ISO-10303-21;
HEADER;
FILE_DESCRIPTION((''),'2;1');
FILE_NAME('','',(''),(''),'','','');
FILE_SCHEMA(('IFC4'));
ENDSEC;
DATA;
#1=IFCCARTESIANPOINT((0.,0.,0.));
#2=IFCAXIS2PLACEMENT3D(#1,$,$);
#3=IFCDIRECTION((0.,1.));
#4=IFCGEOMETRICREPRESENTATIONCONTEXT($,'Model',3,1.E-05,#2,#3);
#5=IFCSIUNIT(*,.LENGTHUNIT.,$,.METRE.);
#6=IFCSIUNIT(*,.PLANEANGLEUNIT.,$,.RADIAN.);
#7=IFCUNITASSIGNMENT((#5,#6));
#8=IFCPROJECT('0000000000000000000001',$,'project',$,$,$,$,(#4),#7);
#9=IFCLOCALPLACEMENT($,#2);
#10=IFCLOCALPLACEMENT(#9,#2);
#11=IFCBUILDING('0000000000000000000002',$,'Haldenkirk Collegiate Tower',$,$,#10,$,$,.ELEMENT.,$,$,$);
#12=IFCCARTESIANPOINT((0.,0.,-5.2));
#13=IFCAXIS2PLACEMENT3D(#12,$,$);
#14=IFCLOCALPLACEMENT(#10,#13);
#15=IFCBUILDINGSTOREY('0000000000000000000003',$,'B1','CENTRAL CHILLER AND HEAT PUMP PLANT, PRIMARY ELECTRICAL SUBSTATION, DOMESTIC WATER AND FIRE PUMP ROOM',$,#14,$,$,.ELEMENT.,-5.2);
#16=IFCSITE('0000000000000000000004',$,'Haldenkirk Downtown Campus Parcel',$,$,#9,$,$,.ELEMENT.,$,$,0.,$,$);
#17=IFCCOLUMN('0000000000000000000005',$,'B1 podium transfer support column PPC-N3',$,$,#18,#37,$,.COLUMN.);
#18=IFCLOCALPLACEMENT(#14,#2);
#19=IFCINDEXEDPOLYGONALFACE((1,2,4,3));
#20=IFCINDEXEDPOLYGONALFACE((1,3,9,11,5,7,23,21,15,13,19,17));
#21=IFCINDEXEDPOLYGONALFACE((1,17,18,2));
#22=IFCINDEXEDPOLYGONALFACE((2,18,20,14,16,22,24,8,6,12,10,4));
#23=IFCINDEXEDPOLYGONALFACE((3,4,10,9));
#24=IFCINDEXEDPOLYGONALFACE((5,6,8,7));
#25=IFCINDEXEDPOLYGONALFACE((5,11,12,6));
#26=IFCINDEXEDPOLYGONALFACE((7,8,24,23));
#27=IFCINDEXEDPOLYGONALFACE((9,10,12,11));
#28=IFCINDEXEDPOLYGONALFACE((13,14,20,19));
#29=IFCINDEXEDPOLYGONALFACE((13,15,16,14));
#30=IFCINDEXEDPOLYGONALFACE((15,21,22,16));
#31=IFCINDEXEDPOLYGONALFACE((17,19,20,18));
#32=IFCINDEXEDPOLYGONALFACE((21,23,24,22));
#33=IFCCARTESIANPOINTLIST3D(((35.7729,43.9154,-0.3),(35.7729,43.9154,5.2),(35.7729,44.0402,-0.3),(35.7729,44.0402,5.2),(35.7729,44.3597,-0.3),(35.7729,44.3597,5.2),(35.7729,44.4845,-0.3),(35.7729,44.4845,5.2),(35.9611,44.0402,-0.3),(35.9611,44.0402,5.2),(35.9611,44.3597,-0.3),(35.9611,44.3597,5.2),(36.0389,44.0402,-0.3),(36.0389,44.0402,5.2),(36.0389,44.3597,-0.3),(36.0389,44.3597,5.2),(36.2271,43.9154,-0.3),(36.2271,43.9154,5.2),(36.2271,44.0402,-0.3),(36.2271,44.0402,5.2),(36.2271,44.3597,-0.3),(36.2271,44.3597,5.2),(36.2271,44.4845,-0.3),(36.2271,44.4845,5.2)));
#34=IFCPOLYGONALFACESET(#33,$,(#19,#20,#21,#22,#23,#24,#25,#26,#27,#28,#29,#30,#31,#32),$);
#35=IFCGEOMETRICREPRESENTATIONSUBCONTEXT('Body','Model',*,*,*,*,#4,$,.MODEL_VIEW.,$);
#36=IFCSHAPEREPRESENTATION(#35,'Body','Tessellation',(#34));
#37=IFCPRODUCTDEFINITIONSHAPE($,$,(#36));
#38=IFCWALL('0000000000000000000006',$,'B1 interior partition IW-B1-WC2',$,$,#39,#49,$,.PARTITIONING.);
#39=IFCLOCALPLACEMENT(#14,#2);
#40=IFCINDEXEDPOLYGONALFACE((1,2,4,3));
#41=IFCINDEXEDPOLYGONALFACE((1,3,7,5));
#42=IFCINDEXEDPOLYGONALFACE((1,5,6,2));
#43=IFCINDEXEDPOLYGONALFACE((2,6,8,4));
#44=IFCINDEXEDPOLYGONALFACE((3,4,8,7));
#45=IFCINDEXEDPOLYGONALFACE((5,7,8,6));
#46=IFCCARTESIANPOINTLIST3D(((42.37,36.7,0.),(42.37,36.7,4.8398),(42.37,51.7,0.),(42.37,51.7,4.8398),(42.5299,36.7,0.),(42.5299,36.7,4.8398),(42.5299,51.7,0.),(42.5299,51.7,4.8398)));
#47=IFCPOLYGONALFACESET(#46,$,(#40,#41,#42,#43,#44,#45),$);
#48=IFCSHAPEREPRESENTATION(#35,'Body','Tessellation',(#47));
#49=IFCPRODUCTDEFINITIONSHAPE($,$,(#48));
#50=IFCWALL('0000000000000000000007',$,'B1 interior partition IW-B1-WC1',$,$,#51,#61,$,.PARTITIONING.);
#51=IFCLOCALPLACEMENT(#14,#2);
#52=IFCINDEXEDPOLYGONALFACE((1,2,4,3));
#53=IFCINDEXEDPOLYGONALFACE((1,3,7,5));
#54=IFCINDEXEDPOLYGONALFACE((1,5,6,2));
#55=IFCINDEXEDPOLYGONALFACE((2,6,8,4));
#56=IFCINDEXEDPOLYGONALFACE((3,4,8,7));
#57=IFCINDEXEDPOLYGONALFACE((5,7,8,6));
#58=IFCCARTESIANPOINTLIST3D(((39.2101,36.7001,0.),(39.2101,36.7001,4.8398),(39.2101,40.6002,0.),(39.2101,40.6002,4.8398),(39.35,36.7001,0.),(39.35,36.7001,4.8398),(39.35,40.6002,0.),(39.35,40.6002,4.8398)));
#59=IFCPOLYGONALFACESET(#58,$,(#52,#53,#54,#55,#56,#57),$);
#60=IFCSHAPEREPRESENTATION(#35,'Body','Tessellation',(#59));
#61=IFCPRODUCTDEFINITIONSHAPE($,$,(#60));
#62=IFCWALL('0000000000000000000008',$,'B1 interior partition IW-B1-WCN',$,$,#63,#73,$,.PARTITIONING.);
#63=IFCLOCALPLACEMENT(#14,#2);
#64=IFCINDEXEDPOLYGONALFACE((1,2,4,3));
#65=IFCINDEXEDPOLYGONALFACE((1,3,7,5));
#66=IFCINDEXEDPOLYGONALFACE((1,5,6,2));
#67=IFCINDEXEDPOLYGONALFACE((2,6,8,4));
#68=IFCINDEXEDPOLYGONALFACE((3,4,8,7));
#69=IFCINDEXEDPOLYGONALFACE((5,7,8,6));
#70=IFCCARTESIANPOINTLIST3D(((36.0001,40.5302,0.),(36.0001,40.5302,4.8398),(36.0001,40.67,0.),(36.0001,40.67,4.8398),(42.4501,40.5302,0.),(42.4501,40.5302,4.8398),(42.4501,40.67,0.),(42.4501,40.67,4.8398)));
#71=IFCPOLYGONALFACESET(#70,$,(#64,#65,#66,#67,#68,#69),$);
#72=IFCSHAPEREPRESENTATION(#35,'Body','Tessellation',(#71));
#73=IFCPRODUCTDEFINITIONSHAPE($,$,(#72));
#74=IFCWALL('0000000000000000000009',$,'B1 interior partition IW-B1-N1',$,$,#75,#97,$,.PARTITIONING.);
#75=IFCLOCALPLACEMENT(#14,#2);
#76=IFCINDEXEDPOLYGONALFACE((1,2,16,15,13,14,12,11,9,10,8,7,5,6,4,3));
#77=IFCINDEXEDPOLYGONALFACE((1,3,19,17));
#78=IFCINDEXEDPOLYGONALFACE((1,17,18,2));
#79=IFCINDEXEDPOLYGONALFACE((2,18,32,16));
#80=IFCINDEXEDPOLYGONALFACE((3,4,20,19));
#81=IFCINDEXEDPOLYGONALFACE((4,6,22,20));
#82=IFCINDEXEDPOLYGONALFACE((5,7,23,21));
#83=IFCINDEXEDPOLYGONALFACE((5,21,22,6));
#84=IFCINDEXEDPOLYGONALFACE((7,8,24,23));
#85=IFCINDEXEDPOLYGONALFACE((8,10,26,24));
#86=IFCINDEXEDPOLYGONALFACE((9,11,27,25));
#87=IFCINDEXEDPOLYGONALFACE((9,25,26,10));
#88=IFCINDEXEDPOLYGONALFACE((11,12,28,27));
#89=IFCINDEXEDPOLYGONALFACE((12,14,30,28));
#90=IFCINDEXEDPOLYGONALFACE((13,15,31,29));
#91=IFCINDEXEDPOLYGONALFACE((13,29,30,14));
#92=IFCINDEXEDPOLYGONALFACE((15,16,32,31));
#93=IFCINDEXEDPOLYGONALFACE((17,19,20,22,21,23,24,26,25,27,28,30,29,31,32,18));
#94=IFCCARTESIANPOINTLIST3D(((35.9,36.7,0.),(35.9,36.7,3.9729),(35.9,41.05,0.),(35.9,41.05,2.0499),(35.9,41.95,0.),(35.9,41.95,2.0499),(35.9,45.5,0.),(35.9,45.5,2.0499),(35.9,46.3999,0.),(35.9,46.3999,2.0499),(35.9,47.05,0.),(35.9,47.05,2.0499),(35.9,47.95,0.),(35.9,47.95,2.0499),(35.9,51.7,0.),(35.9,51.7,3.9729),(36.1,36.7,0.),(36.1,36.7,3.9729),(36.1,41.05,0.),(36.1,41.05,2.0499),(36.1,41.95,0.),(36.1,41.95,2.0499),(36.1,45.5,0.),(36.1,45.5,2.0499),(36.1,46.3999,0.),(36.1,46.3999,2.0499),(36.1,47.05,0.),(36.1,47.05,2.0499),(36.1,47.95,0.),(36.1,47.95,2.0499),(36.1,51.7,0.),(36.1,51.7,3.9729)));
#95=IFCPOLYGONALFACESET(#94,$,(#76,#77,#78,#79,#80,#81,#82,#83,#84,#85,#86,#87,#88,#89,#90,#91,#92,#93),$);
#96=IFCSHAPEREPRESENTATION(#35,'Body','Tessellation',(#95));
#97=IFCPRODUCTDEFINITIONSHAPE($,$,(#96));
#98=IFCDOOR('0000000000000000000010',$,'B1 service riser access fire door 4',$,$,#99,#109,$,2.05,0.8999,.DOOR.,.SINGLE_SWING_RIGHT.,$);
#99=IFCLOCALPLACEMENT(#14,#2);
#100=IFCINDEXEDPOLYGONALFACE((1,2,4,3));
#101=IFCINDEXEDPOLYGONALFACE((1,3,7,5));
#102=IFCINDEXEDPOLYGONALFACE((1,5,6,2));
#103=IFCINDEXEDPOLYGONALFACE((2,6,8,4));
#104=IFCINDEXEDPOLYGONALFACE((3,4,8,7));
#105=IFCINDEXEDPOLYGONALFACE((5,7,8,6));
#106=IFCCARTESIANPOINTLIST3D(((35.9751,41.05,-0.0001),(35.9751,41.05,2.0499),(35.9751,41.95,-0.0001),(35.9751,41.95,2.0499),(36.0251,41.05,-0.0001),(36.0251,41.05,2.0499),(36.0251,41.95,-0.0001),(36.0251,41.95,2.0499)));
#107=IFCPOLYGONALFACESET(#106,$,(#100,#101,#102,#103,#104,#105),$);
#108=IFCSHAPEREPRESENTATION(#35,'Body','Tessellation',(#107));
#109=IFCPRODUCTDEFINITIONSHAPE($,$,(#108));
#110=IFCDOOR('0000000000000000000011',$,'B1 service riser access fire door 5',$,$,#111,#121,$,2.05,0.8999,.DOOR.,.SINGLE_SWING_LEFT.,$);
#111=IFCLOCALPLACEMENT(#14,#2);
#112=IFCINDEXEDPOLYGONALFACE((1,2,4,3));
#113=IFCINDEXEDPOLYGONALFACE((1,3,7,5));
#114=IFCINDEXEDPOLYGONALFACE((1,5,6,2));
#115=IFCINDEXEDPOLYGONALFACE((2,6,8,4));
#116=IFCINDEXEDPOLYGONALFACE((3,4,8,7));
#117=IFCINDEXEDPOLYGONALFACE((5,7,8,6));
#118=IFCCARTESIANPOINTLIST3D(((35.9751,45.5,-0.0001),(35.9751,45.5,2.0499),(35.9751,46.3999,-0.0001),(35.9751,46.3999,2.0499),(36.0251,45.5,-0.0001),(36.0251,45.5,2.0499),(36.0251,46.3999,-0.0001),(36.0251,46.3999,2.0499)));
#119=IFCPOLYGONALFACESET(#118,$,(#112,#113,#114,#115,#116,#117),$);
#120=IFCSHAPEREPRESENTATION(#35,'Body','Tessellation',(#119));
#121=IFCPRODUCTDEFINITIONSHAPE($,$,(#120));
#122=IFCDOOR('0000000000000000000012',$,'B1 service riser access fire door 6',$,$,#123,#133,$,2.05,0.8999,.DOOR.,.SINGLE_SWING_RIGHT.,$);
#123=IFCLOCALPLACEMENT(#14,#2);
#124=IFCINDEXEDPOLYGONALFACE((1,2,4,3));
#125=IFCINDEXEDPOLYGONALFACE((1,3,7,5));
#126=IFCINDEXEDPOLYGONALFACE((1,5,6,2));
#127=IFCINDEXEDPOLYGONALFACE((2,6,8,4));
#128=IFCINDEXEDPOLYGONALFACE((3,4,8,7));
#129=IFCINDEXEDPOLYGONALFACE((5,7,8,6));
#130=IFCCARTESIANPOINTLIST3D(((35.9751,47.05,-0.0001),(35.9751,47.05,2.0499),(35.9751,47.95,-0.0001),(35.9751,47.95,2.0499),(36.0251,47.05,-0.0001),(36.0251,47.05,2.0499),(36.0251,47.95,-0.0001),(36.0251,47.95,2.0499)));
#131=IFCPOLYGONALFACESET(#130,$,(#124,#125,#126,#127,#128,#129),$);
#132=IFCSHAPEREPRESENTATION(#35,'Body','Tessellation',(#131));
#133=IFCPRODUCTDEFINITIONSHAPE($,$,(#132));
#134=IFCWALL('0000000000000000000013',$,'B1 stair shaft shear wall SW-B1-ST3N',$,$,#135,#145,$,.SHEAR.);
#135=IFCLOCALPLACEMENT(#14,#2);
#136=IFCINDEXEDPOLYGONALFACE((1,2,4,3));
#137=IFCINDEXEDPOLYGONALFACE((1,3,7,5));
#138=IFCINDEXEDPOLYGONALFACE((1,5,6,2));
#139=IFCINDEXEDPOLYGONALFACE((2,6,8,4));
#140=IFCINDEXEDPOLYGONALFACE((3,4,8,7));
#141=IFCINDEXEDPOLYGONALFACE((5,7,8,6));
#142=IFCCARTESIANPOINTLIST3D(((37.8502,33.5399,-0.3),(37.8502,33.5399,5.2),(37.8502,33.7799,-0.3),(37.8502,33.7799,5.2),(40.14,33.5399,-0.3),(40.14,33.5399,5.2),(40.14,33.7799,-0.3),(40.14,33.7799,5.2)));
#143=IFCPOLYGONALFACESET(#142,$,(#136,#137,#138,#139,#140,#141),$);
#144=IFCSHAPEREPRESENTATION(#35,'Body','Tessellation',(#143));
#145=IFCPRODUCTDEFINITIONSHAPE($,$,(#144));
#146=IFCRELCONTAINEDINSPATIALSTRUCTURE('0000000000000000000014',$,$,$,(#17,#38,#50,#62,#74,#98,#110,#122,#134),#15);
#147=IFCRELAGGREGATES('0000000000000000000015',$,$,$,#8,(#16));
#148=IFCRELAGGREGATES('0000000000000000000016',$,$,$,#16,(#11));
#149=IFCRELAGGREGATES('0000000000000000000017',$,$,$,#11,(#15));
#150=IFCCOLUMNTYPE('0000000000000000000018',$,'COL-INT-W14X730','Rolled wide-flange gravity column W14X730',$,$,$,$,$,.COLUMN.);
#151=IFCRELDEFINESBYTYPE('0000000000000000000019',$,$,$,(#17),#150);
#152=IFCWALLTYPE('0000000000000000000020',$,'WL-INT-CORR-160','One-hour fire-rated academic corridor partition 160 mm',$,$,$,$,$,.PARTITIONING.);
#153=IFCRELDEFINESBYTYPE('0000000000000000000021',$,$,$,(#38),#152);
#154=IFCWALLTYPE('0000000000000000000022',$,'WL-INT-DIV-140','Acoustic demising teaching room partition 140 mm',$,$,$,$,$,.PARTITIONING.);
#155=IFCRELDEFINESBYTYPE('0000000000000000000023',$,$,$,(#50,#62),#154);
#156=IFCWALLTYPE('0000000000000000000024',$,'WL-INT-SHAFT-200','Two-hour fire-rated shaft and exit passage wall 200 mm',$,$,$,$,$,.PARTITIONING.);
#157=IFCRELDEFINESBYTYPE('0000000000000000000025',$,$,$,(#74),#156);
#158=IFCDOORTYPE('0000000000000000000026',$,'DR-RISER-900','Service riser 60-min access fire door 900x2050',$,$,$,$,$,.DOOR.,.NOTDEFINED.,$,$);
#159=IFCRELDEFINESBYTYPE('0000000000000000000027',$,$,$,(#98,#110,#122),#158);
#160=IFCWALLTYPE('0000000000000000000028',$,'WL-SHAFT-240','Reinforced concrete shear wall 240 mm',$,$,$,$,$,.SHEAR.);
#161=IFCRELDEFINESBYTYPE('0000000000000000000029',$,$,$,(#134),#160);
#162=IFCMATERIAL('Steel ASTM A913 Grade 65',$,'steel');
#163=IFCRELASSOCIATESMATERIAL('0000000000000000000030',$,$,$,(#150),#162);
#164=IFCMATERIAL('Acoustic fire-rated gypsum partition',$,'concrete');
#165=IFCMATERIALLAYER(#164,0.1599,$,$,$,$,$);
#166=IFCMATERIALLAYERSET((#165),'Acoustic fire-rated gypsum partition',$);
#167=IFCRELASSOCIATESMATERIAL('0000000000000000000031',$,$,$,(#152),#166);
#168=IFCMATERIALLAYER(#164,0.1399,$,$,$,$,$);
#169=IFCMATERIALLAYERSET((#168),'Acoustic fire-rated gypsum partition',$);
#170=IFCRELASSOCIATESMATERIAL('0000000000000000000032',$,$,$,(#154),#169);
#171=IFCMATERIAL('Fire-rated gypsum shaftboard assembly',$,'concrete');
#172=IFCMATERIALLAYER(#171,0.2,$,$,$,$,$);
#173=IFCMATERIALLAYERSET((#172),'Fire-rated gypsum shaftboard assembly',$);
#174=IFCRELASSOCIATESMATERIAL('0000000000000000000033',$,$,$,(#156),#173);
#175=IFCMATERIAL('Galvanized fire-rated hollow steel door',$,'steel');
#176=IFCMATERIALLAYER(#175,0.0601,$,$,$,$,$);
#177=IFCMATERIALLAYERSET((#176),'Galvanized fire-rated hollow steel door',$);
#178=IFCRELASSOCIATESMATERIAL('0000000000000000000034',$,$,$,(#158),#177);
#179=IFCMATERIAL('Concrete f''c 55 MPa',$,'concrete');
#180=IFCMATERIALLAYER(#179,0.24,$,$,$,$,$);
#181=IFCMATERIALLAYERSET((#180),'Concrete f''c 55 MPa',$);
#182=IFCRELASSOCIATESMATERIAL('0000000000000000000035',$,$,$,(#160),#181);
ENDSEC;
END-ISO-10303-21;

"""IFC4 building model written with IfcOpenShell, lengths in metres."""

from ifc_helpers import new_model, si_unit, direction, frame, frame_2d, origin, origin_2d, place, context, subcontext, project, spatial, rectangle, i_section, extrude, material, layer, layer_set, material_profile, profile_set, type_object, element, fill, save


model = new_model("IFC4")

# Units and contexts
model_context = context("Model", 3, precision=1e-05, world=origin(), true_north=direction((0.0, 1.0)))
body_context = subcontext(model_context, "Body", "Model", "MODEL_VIEW")
ifc_project = project(units=[si_unit("LENGTHUNIT", "METRE"), si_unit("PLANEANGLEUNIT", "RADIAN")], contexts=[model_context])

# Site, building, storey
site_placement = place(None, origin())
site = spatial("IfcSite", under=ifc_project, at=site_placement, Name="Haldenkirk Downtown Campus Parcel", CompositionType="ELEMENT", RefElevation=0.0)
building_placement = place(site_placement, origin())
building = spatial("IfcBuilding", under=site, at=building_placement, Name="Haldenkirk Collegiate Tower", CompositionType="ELEMENT")
storey_placement = place(building_placement, frame((0.0, 0.0, -5.2)))
storey = spatial("IfcBuildingStorey", under=building, at=storey_placement, Name="B1", Description="CENTRAL CHILLER AND HEAT PUMP PLANT, PRIMARY ELECTRICAL SUBSTATION, DOMESTIC WATER AND FIRE PUMP ROOM", CompositionType="ELEMENT", Elevation=-5.2)

# Shared definitions
ifc_material_1 = material(Name="Concrete f'c 55 MPa", Category="concrete")

# Column
ifc_material_2 = material(Name="Steel ASTM A913 Grade 65", Category="steel")
ifc_material_profile_1 = material_profile(ifc_material_2, i_section(OverallWidth=0.4541, OverallDepth=0.5691, WebThickness=0.0779, FlangeThickness=0.1248, at=origin_2d()), Name="W14X730")
ifc_profile_set_1 = profile_set([ifc_material_profile_1], Name="Steel ASTM A913 Grade 65")
column_type_1 = type_object("IfcColumnType", Name="COL-INT-W14X730", Description="Rolled wide-flange gravity column W14X730", PredefinedType="COLUMN", material=ifc_profile_set_1)
column_1_placement = place(storey_placement, frame((36.0, 44.2, -0.3), z_axis=(0.0, 0.0, 1.0), x_axis=(1.0, 0.0, 0.0)))
element("IfcColumn", 1, at=column_1_placement, inside=storey, type_object=column_type_1, Name="B1 podium transfer support column PPC-N3", PredefinedType="COLUMN", context=body_context, shape_type="SweptSolid", body=[
    extrude(i_section(OverallWidth=0.4541, OverallDepth=0.5691, WebThickness=0.0779, FlangeThickness=0.1248, at=origin_2d()), origin(), (0.0, 0.0, 1.0), 5.5),
])

# Walls
ifc_material_3 = material(Name="Acoustic fire-rated gypsum partition", Category="concrete")
ifc_layer_1 = layer(ifc_material_3, 0.1599)
ifc_layer_set_1 = layer_set([ifc_layer_1], Name="Acoustic fire-rated gypsum partition")
wall_type_1 = type_object("IfcWallType", Name="WL-INT-CORR-160", Description="One-hour fire-rated academic corridor partition 160 mm", PredefinedType="PARTITIONING", material=ifc_layer_set_1)
wall_1_placement = place(storey_placement, frame((42.45, 36.7, 0.0), z_axis=(0.0, 0.0, 1.0), x_axis=(0.0, 1.0, 0.0)))
element("IfcWall", 2, at=wall_1_placement, inside=storey, type_object=wall_type_1, Name="B1 interior partition IW-B1-WC2", PredefinedType="PARTITIONING", context=body_context, shape_type="SweptSolid", body=[
    extrude(rectangle(XDim=15.0, YDim=0.1599, at=frame_2d((7.5, 0.0))), origin(), (0.0, 0.0, 1.0), 4.8398),
])
ifc_layer_2 = layer(ifc_material_3, 0.1399)
ifc_layer_set_2 = layer_set([ifc_layer_2], Name="Acoustic fire-rated gypsum partition")
wall_type_2 = type_object("IfcWallType", Name="WL-INT-DIV-140", Description="Acoustic demising teaching room partition 140 mm", PredefinedType="PARTITIONING", material=ifc_layer_set_2)
wall_2_placement = place(storey_placement, frame((39.28, 36.7, 0.0), z_axis=(0.0, 0.0, 1.0), x_axis=(0.0, 1.0, 0.0)))
element("IfcWall", 3, at=wall_2_placement, inside=storey, type_object=wall_type_2, Name="B1 interior partition IW-B1-WC1", PredefinedType="PARTITIONING", context=body_context, shape_type="SweptSolid", body=[
    extrude(rectangle(XDim=3.9001, YDim=0.1399, at=frame_2d((1.9502, 0.0))), origin(), (0.0, 0.0, 1.0), 4.8398),
])
wall_3_placement = place(storey_placement, frame((36.0, 40.6001, 0.0), z_axis=(0.0, 0.0, 1.0), x_axis=(1.0, 0.0, 0.0)))
element("IfcWall", 4, at=wall_3_placement, inside=storey, type_object=wall_type_2, Name="B1 interior partition IW-B1-WCN", PredefinedType="PARTITIONING", context=body_context, shape_type="SweptSolid", body=[
    extrude(rectangle(XDim=6.45, YDim=0.1399, at=frame_2d((3.2251, 0.0))), origin(), (0.0, 0.0, 1.0), 4.8398),
])

# Wall, openings, doors
ifc_material_4 = material(Name="Fire-rated gypsum shaftboard assembly", Category="concrete")
ifc_layer_3 = layer(ifc_material_4, 0.2)
ifc_layer_set_3 = layer_set([ifc_layer_3], Name="Fire-rated gypsum shaftboard assembly")
wall_type_3 = type_object("IfcWallType", Name="WL-INT-SHAFT-200", Description="Two-hour fire-rated shaft and exit passage wall 200 mm", PredefinedType="PARTITIONING", material=ifc_layer_set_3)
wall_4_placement = place(storey_placement, frame((36.0, 36.7, 0.0), z_axis=(0.0, 0.0, 1.0), x_axis=(0.0, 1.0, 0.0)))
wall_4 = element("IfcWall", 5, at=wall_4_placement, inside=storey, type_object=wall_type_3, Name="B1 interior partition IW-B1-N1", PredefinedType="PARTITIONING", context=body_context, shape_type="SweptSolid", body=[
    extrude(rectangle(XDim=15.0, YDim=0.2, at=frame_2d((7.5, 0.0))), origin(), (0.0, 0.0, 1.0), 3.9729),
])
opening_1_placement = place(wall_4_placement, frame((4.3501, 0.0, 0.0)))
opening_1 = element("IfcOpeningElement", 6, at=opening_1_placement, cuts=wall_4, PredefinedType="OPENING", context=body_context, shape_type="SweptSolid", body=[
    extrude(rectangle(XDim=0.8999, YDim=2.05, at=frame_2d((0.45, 1.0249))), frame((0.0, 0.1099, 0.0), z_axis=(0.0, -1.0, 0.0), x_axis=(1.0, 0.0, 0.0)), (0.0, 0.0, 1.0), 0.22),
])
opening_2_placement = place(wall_4_placement, frame((8.8, 0.0, 0.0)))
opening_2 = element("IfcOpeningElement", 7, at=opening_2_placement, cuts=wall_4, PredefinedType="OPENING", context=body_context, shape_type="SweptSolid", body=[
    extrude(rectangle(XDim=0.8999, YDim=2.05, at=frame_2d((0.45, 1.0249))), frame((0.0, 0.1099, 0.0), z_axis=(0.0, -1.0, 0.0), x_axis=(1.0, 0.0, 0.0)), (0.0, 0.0, 1.0), 0.22),
])
opening_3_placement = place(wall_4_placement, frame((10.3501, 0.0, 0.0)))
opening_3 = element("IfcOpeningElement", 8, at=opening_3_placement, cuts=wall_4, PredefinedType="OPENING", context=body_context, shape_type="SweptSolid", body=[
    extrude(rectangle(XDim=0.8999, YDim=2.05, at=frame_2d((0.45, 1.0249))), frame((0.0, 0.1099, 0.0), z_axis=(0.0, -1.0, 0.0), x_axis=(1.0, 0.0, 0.0)), (0.0, 0.0, 1.0), 0.22),
])
ifc_material_5 = material(Name="Galvanized fire-rated hollow steel door", Category="steel")
ifc_layer_4 = layer(ifc_material_5, 0.0601)
ifc_layer_set_4 = layer_set([ifc_layer_4], Name="Galvanized fire-rated hollow steel door")
door_type = type_object("IfcDoorType", Name="DR-RISER-900", Description="Service riser 60-min access fire door 900x2050", OperationType="NOTDEFINED", PredefinedType="DOOR", material=ifc_layer_set_4)
door_1_placement = place(opening_1_placement, origin())
door_1 = element("IfcDoor", 9, at=door_1_placement, inside=storey, type_object=door_type, Name="B1 service riser access fire door 4", OperationType="SINGLE_SWING_RIGHT", OverallHeight=2.05, OverallWidth=0.8999, PredefinedType="DOOR", context=body_context, shape_type="SweptSolid", body=[
    extrude(rectangle(XDim=0.8999, YDim=2.05, at=frame_2d((0.45, 1.0249))), frame((0.0, 0.0249, 0.0), z_axis=(0.0, -1.0, 0.0), x_axis=(1.0, 0.0, 0.0)), (0.0, 0.0, 1.0), 0.05),
])
fill(opening_1, door_1)
door_2_placement = place(opening_2_placement, origin())
door_2 = element("IfcDoor", 10, at=door_2_placement, inside=storey, type_object=door_type, Name="B1 service riser access fire door 5", OperationType="SINGLE_SWING_LEFT", OverallHeight=2.05, OverallWidth=0.8999, PredefinedType="DOOR", context=body_context, shape_type="SweptSolid", body=[
    extrude(rectangle(XDim=0.8999, YDim=2.05, at=frame_2d((0.45, 1.0249))), frame((0.0, 0.0249, 0.0), z_axis=(0.0, -1.0, 0.0), x_axis=(1.0, 0.0, 0.0)), (0.0, 0.0, 1.0), 0.05),
])
fill(opening_2, door_2)
door_3_placement = place(opening_3_placement, origin())
door_3 = element("IfcDoor", 11, at=door_3_placement, inside=storey, type_object=door_type, Name="B1 service riser access fire door 6", OperationType="SINGLE_SWING_RIGHT", OverallHeight=2.05, OverallWidth=0.8999, PredefinedType="DOOR", context=body_context, shape_type="SweptSolid", body=[
    extrude(rectangle(XDim=0.8999, YDim=2.05, at=frame_2d((0.45, 1.0249))), frame((0.0, 0.0249, 0.0), z_axis=(0.0, -1.0, 0.0), x_axis=(1.0, 0.0, 0.0)), (0.0, 0.0, 1.0), 0.05),
])
fill(opening_3, door_3)

# Wall
ifc_layer_5 = layer(ifc_material_1, 0.24)
ifc_layer_set_5 = layer_set([ifc_layer_5], Name="Concrete f'c 55 MPa")
wall_type_4 = type_object("IfcWallType", Name="WL-SHAFT-240", Description="Reinforced concrete shear wall 240 mm", PredefinedType="SHEAR", material=ifc_layer_set_5)
wall_5_placement = place(storey_placement, frame((37.8501, 33.6599, -0.3), z_axis=(0.0, 0.0, 1.0), x_axis=(1.0, 0.0, 0.0)))
element("IfcWall", 12, at=wall_5_placement, inside=storey, type_object=wall_type_4, Name="B1 stair shaft shear wall SW-B1-ST3N", PredefinedType="SHEAR", context=body_context, shape_type="SweptSolid", body=[
    extrude(rectangle(XDim=2.2898, YDim=0.24, at=frame_2d((1.145, 0.0))), origin(), (0.0, 0.0, 1.0), 5.5),
])

save(model, "model.ifc")
